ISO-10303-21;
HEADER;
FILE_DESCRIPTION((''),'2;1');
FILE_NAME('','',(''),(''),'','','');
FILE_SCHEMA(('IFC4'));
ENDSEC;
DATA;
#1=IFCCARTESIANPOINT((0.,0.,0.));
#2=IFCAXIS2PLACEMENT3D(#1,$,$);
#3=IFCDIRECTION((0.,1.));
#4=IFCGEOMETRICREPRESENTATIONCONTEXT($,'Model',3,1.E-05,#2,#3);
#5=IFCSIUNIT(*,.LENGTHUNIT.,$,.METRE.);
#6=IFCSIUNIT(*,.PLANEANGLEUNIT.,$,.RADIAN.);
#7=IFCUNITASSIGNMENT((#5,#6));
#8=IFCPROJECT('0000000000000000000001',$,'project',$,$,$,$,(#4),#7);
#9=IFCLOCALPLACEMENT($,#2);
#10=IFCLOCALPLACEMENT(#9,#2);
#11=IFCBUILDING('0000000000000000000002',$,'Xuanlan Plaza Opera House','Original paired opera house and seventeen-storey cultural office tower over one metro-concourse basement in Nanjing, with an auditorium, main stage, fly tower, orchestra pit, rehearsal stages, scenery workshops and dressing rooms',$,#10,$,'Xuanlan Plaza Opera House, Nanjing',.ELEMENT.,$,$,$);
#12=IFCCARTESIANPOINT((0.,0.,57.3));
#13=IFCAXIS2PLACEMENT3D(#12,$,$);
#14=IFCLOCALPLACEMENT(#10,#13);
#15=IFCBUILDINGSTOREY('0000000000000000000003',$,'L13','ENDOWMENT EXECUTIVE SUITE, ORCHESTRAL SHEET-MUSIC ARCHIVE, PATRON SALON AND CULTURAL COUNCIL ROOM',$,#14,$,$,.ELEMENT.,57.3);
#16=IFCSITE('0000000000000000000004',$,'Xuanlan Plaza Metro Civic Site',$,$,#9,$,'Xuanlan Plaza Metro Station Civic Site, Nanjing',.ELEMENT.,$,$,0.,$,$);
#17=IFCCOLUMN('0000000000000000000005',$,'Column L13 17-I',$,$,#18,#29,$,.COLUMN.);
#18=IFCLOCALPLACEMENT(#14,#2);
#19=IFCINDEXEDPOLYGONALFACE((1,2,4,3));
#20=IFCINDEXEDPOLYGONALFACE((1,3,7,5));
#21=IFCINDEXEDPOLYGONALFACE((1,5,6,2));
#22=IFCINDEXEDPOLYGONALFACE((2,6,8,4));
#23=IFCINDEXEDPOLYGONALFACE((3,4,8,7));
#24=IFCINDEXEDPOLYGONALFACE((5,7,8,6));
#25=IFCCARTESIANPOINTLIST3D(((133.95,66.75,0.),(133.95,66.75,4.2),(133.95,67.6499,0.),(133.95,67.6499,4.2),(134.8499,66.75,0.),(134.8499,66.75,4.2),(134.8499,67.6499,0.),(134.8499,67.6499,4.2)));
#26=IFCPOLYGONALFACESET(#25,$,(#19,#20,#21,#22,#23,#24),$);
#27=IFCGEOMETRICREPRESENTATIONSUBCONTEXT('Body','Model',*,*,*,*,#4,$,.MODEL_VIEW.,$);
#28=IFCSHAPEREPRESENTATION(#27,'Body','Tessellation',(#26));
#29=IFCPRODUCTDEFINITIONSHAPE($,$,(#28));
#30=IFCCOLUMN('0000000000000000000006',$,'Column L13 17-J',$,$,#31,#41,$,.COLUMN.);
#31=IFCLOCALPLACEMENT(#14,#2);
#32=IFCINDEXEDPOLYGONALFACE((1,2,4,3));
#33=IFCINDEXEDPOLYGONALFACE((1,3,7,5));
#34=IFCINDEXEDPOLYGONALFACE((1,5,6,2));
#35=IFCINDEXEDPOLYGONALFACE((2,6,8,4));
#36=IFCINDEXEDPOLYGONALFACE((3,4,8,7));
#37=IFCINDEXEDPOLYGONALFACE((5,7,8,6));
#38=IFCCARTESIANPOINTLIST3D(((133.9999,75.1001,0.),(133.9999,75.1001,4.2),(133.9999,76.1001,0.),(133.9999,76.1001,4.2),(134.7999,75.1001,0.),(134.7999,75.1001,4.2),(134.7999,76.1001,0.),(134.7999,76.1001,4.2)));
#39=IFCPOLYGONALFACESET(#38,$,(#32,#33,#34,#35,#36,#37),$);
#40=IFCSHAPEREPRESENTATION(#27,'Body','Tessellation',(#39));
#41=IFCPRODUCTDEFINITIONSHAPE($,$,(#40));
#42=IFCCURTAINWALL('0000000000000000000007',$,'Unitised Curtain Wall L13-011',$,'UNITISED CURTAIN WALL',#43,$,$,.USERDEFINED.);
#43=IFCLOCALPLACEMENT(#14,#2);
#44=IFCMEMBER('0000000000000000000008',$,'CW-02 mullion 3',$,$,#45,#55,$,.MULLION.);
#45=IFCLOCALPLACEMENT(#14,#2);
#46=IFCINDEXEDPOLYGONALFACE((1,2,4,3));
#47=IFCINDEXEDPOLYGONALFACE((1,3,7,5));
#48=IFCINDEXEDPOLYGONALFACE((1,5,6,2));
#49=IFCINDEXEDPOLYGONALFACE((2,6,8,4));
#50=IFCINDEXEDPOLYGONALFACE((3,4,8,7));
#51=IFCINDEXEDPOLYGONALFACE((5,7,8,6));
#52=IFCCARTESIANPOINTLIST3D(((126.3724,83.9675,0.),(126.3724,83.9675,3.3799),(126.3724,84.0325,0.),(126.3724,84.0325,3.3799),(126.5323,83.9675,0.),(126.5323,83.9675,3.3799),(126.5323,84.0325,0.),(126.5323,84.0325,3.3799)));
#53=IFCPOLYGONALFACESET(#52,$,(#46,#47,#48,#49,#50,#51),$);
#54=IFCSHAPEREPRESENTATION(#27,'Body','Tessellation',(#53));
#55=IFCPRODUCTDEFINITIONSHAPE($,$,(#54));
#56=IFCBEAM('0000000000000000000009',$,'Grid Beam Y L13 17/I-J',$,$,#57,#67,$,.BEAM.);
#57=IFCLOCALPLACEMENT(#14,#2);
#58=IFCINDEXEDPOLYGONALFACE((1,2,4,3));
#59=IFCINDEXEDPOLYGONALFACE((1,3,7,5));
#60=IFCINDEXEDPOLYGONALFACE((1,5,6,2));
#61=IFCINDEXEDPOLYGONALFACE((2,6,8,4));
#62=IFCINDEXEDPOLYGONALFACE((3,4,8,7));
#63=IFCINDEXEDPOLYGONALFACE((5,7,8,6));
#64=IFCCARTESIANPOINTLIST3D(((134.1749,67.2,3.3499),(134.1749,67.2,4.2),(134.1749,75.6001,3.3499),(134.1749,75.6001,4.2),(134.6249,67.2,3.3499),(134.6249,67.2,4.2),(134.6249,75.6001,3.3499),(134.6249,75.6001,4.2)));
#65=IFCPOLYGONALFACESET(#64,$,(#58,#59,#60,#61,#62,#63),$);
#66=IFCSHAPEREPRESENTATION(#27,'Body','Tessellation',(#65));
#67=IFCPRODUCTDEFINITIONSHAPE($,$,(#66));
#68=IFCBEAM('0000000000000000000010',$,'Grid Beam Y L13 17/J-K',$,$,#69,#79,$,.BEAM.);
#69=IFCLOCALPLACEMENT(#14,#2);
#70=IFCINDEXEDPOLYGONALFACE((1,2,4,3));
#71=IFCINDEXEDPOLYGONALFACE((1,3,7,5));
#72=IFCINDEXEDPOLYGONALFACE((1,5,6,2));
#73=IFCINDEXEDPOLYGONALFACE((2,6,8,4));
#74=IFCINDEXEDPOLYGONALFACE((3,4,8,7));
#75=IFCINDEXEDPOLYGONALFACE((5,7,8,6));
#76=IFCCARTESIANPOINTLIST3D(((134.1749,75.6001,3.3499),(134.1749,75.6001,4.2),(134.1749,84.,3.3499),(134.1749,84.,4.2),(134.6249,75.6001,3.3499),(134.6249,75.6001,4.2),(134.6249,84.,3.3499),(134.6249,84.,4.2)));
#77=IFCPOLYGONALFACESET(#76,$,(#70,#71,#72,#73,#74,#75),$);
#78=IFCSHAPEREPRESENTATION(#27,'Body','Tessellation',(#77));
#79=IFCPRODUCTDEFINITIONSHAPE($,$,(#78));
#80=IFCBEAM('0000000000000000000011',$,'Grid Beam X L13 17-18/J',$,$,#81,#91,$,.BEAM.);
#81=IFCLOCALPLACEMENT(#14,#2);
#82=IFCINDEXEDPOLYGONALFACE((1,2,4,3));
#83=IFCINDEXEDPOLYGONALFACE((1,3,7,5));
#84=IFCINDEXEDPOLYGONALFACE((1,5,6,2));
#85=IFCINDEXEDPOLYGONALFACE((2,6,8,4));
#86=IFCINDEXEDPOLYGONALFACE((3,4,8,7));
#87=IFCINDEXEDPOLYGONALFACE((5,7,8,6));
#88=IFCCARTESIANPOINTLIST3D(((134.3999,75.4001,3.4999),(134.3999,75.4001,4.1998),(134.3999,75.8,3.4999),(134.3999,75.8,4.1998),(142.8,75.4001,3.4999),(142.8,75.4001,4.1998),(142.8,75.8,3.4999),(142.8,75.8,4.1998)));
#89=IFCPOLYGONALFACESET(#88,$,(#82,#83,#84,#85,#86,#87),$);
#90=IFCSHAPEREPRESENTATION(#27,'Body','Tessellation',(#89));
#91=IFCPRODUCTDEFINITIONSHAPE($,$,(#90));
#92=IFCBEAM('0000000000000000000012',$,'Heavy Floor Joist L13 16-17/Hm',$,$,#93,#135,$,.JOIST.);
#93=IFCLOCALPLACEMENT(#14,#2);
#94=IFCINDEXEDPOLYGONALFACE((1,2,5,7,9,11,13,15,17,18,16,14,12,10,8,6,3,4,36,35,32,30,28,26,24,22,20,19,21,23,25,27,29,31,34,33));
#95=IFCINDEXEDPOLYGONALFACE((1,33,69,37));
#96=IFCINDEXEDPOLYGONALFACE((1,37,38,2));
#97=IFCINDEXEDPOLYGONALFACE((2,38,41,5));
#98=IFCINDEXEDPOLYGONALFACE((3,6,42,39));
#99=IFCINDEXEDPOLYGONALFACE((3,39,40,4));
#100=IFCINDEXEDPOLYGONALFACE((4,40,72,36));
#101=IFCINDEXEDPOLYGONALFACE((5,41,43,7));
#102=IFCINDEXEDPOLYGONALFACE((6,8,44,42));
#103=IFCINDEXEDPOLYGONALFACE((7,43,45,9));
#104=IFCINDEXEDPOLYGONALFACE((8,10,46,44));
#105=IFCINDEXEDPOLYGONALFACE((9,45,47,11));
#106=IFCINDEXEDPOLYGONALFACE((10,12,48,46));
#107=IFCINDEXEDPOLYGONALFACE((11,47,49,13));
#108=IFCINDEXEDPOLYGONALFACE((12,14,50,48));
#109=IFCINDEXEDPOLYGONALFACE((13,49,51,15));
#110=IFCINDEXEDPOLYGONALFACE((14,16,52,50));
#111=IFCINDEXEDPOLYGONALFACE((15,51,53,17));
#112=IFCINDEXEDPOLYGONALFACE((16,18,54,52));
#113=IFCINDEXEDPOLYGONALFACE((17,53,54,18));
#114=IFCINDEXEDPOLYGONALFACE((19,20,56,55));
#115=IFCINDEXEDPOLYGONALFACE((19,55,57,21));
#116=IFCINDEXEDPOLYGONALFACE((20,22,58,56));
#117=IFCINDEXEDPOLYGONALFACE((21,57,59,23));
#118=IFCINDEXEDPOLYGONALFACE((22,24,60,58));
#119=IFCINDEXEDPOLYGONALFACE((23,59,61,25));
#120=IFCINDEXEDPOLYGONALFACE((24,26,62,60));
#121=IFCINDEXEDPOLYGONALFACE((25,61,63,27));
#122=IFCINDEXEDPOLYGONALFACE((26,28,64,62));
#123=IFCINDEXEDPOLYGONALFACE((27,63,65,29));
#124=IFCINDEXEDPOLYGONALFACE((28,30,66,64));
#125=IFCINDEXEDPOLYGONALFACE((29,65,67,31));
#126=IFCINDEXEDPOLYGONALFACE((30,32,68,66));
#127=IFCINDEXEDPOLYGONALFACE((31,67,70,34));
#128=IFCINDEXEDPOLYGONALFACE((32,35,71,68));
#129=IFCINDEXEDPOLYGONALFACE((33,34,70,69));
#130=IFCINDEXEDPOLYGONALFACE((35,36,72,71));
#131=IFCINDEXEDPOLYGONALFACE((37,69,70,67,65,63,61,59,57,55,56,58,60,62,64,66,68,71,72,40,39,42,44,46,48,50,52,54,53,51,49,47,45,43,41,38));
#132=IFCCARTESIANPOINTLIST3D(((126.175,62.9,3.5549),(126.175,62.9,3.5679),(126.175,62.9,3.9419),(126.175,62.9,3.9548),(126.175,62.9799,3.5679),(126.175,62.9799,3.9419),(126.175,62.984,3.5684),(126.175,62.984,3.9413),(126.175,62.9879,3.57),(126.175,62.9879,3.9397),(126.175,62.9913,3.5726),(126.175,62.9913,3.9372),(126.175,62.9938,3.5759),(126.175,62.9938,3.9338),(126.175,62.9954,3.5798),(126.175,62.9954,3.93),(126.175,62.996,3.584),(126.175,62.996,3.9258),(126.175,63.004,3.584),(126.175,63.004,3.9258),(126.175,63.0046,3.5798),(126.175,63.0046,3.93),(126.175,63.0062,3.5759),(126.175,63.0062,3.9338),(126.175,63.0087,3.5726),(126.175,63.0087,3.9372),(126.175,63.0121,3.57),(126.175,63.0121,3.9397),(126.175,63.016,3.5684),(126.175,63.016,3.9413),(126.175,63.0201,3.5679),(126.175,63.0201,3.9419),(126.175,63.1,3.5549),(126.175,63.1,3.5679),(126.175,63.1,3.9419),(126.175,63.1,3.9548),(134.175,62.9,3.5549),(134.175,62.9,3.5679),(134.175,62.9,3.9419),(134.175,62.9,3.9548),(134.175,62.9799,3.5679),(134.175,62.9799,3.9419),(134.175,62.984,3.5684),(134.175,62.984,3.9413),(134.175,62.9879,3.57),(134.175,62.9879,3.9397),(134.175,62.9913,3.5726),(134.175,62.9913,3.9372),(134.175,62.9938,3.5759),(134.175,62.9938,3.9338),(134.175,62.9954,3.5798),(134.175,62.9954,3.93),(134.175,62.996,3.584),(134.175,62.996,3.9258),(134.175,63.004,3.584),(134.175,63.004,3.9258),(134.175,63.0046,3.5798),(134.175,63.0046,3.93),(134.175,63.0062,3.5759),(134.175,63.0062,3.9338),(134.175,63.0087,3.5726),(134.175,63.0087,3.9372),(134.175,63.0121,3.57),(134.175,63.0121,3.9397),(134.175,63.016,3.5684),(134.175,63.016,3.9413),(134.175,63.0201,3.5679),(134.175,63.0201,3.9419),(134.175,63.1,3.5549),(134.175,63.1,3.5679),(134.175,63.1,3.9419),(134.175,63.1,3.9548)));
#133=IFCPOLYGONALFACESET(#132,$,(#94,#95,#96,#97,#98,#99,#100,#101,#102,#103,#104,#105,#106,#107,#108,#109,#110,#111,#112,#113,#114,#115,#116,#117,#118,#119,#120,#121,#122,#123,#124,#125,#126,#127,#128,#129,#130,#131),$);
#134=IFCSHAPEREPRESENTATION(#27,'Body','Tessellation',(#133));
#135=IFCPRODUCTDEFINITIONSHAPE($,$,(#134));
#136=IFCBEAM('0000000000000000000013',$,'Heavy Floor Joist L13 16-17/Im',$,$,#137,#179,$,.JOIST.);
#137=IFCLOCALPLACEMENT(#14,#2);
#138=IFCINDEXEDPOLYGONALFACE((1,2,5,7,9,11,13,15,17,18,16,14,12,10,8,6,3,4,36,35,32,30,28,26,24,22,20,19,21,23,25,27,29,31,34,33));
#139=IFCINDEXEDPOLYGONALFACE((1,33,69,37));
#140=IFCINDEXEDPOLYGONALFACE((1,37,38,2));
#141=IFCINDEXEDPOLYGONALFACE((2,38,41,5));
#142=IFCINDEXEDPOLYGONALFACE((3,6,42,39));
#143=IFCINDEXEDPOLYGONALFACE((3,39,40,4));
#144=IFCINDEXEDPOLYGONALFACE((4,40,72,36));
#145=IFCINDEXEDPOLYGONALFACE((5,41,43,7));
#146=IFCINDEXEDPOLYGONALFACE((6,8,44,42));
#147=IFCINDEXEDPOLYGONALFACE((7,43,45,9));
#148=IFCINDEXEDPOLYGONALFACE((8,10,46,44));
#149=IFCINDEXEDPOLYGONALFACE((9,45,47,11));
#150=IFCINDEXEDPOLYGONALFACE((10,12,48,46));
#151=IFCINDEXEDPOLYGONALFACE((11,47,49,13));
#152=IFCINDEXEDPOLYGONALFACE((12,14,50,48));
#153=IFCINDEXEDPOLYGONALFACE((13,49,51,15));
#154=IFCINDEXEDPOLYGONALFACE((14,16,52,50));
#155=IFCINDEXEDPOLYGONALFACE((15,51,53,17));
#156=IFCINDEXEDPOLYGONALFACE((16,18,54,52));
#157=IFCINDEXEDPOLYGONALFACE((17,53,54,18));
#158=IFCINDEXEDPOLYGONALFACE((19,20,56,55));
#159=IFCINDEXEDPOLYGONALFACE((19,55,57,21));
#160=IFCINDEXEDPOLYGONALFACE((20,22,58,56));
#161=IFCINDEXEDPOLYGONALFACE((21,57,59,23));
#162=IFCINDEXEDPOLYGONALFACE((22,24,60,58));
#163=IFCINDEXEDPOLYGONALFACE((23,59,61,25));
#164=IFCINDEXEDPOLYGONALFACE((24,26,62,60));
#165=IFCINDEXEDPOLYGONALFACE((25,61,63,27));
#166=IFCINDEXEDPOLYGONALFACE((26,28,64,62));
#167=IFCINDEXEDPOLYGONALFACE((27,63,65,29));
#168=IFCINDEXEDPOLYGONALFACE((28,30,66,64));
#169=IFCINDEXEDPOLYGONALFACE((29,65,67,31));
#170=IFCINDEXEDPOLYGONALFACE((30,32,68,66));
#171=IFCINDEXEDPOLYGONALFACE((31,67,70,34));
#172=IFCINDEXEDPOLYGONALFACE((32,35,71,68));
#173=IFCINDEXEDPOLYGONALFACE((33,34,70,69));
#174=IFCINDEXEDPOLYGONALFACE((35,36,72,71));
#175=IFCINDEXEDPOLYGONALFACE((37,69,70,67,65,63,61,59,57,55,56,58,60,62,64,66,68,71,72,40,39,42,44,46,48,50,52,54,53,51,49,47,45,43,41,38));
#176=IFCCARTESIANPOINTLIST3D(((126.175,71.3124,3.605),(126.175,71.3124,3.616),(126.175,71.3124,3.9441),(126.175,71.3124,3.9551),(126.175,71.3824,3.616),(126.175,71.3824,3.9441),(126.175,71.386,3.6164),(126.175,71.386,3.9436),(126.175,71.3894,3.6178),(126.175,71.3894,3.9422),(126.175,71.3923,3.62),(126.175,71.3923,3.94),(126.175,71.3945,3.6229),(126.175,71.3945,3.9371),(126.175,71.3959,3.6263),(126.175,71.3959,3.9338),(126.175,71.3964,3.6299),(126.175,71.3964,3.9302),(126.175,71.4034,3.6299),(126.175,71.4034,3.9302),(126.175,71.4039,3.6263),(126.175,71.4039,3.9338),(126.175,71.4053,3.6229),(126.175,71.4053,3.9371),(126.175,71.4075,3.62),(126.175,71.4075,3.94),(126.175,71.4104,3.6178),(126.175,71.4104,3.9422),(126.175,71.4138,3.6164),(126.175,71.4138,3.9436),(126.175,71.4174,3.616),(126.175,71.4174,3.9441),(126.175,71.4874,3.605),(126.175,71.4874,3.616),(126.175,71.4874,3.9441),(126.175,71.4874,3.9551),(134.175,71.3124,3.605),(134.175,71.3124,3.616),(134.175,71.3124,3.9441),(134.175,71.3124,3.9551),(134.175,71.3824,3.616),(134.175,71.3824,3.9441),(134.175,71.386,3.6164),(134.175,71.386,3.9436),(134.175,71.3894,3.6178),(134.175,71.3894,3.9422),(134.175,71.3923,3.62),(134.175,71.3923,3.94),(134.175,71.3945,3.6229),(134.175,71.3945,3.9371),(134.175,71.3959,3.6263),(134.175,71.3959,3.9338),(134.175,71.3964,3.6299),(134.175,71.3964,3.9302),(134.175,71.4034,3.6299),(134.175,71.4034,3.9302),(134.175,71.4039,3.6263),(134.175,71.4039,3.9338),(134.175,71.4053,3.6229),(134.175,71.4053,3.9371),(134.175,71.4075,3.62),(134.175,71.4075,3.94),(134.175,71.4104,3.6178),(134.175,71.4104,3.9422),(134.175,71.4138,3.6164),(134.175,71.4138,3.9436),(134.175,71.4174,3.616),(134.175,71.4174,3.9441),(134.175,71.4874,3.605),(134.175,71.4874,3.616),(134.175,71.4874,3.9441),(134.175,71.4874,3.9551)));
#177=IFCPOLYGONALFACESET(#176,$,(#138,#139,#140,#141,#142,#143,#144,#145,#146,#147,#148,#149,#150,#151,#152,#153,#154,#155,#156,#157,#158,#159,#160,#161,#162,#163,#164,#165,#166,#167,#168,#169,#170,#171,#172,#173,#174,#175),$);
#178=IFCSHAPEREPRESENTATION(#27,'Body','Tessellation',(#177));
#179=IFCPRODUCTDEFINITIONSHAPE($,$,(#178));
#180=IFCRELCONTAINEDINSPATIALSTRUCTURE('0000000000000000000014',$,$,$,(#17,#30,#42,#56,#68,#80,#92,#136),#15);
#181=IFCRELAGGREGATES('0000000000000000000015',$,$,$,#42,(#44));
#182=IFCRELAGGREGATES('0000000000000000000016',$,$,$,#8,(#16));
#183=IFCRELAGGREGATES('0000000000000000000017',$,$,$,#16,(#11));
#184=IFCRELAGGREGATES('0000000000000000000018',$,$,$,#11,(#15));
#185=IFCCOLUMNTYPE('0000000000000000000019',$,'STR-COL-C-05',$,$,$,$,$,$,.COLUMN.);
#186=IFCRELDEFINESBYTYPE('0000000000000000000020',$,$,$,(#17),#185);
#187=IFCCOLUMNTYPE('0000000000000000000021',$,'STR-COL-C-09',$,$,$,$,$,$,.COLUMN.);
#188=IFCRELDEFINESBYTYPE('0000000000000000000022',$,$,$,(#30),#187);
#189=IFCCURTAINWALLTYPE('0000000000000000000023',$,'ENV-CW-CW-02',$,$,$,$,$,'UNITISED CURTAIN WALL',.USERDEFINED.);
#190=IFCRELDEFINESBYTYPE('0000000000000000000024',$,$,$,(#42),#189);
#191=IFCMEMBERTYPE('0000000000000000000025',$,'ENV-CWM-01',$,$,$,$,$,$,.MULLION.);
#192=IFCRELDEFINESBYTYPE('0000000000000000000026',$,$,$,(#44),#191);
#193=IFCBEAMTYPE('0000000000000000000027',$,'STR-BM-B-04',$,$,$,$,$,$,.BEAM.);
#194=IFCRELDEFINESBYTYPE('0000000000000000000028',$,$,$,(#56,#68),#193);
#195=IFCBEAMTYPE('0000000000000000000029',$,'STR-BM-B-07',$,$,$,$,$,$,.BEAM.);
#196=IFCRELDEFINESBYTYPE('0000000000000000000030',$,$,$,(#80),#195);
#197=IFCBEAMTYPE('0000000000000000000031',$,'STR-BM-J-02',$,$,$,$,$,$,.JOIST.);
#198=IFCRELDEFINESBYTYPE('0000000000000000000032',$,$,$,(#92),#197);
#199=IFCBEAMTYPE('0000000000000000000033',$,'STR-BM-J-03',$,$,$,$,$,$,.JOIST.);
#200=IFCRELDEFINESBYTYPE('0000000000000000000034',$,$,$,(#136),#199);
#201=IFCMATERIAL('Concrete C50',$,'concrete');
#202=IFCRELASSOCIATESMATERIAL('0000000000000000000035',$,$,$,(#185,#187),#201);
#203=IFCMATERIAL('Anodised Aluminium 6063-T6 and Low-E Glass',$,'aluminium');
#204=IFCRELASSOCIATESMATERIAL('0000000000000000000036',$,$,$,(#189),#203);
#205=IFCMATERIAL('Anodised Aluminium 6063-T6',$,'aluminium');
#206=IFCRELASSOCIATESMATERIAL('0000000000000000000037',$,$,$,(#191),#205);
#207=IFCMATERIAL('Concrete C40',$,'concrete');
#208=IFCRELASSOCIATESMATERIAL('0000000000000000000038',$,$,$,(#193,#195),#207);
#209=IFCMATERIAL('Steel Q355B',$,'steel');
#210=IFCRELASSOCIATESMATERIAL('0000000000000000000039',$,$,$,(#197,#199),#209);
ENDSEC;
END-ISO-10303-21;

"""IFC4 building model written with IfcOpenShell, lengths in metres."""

from ifc_helpers import new_model, si_unit, direction, frame, origin, origin_2d, place, context, subcontext, project, spatial, rectangle, i_section, extrude, material, material_profile, profile_set, type_object, element, aggregate, save


model = new_model("IFC4")

# Units and contexts
model_context = context("Model", 3, precision=1e-05, world=origin(), true_north=direction((0.0, 1.0)))
body_context = subcontext(model_context, "Body", "Model", "MODEL_VIEW")
ifc_project = project(units=[si_unit("LENGTHUNIT", "METRE"), si_unit("PLANEANGLEUNIT", "RADIAN")], contexts=[model_context])

# Site, building, storey
site_placement = place(None, origin())
site = spatial("IfcSite", under=ifc_project, at=site_placement, Name="Xuanlan Plaza Metro Civic Site", LongName="Xuanlan Plaza Metro Station Civic Site, Nanjing", CompositionType="ELEMENT", RefElevation=0.0)
building_placement = place(site_placement, origin())
building = spatial("IfcBuilding", under=site, at=building_placement, Name="Xuanlan Plaza Opera House", Description="Original paired opera house and seventeen-storey cultural office tower over one metro-concourse basement in Nanjing, with an auditorium, main stage, fly tower, orchestra pit, rehearsal stages, scenery workshops and dressing rooms", LongName="Xuanlan Plaza Opera House, Nanjing", CompositionType="ELEMENT")
storey_placement = place(building_placement, frame((0.0, 0.0, 57.3)))
storey = spatial("IfcBuildingStorey", under=building, at=storey_placement, Name="L13", Description="ENDOWMENT EXECUTIVE SUITE, ORCHESTRAL SHEET-MUSIC ARCHIVE, PATRON SALON AND CULTURAL COUNCIL ROOM", CompositionType="ELEMENT", Elevation=57.3)

# Columns
ifc_material_1 = material(Name="Concrete C50", Category="concrete")
ifc_material_profile_1 = material_profile(ifc_material_1, rectangle(XDim=0.8999, YDim=0.8999, at=origin_2d()), Name="RC-COL 900x900")
ifc_profile_set_1 = profile_set([ifc_material_profile_1], Name="Concrete C50")
column_type_1 = type_object("IfcColumnType", Name="STR-COL-C-05", PredefinedType="COLUMN", material=ifc_profile_set_1)
column_1_placement = place(storey_placement, frame((134.3999, 67.2, 0.0), z_axis=(0.0, 0.0, 1.0), x_axis=(1.0, 0.0, 0.0)))
element("IfcColumn", 1, at=column_1_placement, inside=storey, type_object=column_type_1, Name="Column L13 17-I", PredefinedType="COLUMN", context=body_context, shape_type="SweptSolid", body=[
    extrude(rectangle(XDim=0.8999, YDim=0.8999, at=origin_2d()), origin(), (0.0, 0.0, 1.0), 4.2),
])
ifc_material_profile_2 = material_profile(ifc_material_1, rectangle(XDim=0.8, YDim=1.0, at=origin_2d()), Name="RC-COL 800x1000")
ifc_profile_set_2 = profile_set([ifc_material_profile_2], Name="Concrete C50")
column_type_2 = type_object("IfcColumnType", Name="STR-COL-C-09", PredefinedType="COLUMN", material=ifc_profile_set_2)
column_2_placement = place(storey_placement, frame((134.3999, 75.6001, 0.0), z_axis=(0.0, 0.0, 1.0), x_axis=(1.0, 0.0, 0.0)))
element("IfcColumn", 2, at=column_2_placement, inside=storey, type_object=column_type_2, Name="Column L13 17-J", PredefinedType="COLUMN", context=body_context, shape_type="SweptSolid", body=[
    extrude(rectangle(XDim=0.8, YDim=1.0, at=origin_2d()), origin(), (0.0, 0.0, 1.0), 4.2),
])

# Curtain wall, member
ifc_material_2 = material(Name="Anodised Aluminium 6063-T6 and Low-E Glass", Category="aluminium")
curtain_wall_type = type_object("IfcCurtainWallType", Name="ENV-CW-CW-02", ElementType="UNITISED CURTAIN WALL", PredefinedType="USERDEFINED", material=ifc_material_2)
curtain_wall_placement = place(storey_placement, origin())
curtain_wall = element("IfcCurtainWall", 3, at=curtain_wall_placement, inside=storey, type_object=curtain_wall_type, Name="Unitised Curtain Wall L13-011", ObjectType="UNITISED CURTAIN WALL", PredefinedType="USERDEFINED")
ifc_material_3 = material(Name="Anodised Aluminium 6063-T6", Category="aluminium")
ifc_material_profile_3 = material_profile(ifc_material_3, rectangle(XDim=0.0649, YDim=0.1599, at=origin_2d()), Name="ALU-M 65x160")
ifc_profile_set_3 = profile_set([ifc_material_profile_3], Name="Anodised Aluminium 6063-T6")
member_type = type_object("IfcMemberType", Name="ENV-CWM-01", PredefinedType="MULLION", material=ifc_profile_set_3)
member_placement = place(storey_placement, frame((126.4524, 84.0, 0.0), z_axis=(0.0, 0.0, 1.0), x_axis=(0.0, -1.0, 0.0)))
member = element("IfcMember", 4, at=member_placement, type_object=member_type, Name="CW-02 mullion 3", PredefinedType="MULLION", context=body_context, shape_type="SweptSolid", body=[
    extrude(rectangle(XDim=0.0649, YDim=0.1599, at=origin_2d()), origin(), (0.0, 0.0, 1.0), 3.3799),
])

# Beams
ifc_material_4 = material(Name="Concrete C40", Category="concrete")
ifc_material_profile_4 = material_profile(ifc_material_4, rectangle(XDim=0.45, YDim=0.8501, at=origin_2d()), Name="RC-BM 450x850")
ifc_profile_set_4 = profile_set([ifc_material_profile_4], Name="Concrete C40")
beam_type_1 = type_object("IfcBeamType", Name="STR-BM-B-04", PredefinedType="BEAM", material=ifc_profile_set_4)
beam_1_placement = place(storey_placement, frame((134.3999, 67.2, 3.7749), z_axis=(0.0, 1.0, 0.0), x_axis=(-1.0, 0.0, 0.0)))
element("IfcBeam", 5, at=beam_1_placement, inside=storey, type_object=beam_type_1, Name="Grid Beam Y L13 17/I-J", PredefinedType="BEAM", context=body_context, shape_type="SweptSolid", body=[
    extrude(rectangle(XDim=0.45, YDim=0.8501, at=origin_2d()), origin(), (0.0, 0.0, 1.0), 8.4001),
])
beam_2_placement = place(storey_placement, frame((134.3999, 75.6001, 3.7749), z_axis=(0.0, 1.0, 0.0), x_axis=(-1.0, 0.0, 0.0)))
element("IfcBeam", 6, at=beam_2_placement, inside=storey, type_object=beam_type_1, Name="Grid Beam Y L13 17/J-K", PredefinedType="BEAM", context=body_context, shape_type="SweptSolid", body=[
    extrude(rectangle(XDim=0.45, YDim=0.8501, at=origin_2d()), origin(), (0.0, 0.0, 1.0), 8.3999),
])
ifc_material_profile_5 = material_profile(ifc_material_4, rectangle(XDim=0.3999, YDim=0.7, at=origin_2d()), Name="RC-BM 400x700")
ifc_profile_set_5 = profile_set([ifc_material_profile_5], Name="Concrete C40")
beam_type_2 = type_object("IfcBeamType", Name="STR-BM-B-07", PredefinedType="BEAM", material=ifc_profile_set_5)
beam_3_placement = place(storey_placement, frame((134.3999, 75.6001, 3.8499), z_axis=(1.0, 0.0, 0.0), x_axis=(0.0, 1.0, 0.0)))
element("IfcBeam", 7, at=beam_3_placement, inside=storey, type_object=beam_type_2, Name="Grid Beam X L13 17-18/J", PredefinedType="BEAM", context=body_context, shape_type="SweptSolid", body=[
    extrude(rectangle(XDim=0.3999, YDim=0.7, at=origin_2d()), origin(), (0.0, 0.0, 1.0), 8.4001),
])
ifc_material_5 = material(Name="Steel Q355B", Category="steel")
ifc_material_profile_6 = material_profile(ifc_material_5, i_section(OverallWidth=0.2, OverallDepth=0.3999, WebThickness=0.0081, FlangeThickness=0.0129, FilletRadius=0.0161, at=origin_2d()), Name="HN 400x200x8x13")
ifc_profile_set_6 = profile_set([ifc_material_profile_6], Name="Steel Q355B")
beam_type_3 = type_object("IfcBeamType", Name="STR-BM-J-02", PredefinedType="JOIST", material=ifc_profile_set_6)
beam_4_placement = place(storey_placement, frame((126.175, 63.0, 3.7549), z_axis=(1.0, 0.0, 0.0), x_axis=(0.0, 1.0, 0.0)))
element("IfcBeam", 8, at=beam_4_placement, inside=storey, type_object=beam_type_3, Name="Heavy Floor Joist L13 16-17/Hm", PredefinedType="JOIST", context=body_context, shape_type="SweptSolid", body=[
    extrude(i_section(OverallWidth=0.2, OverallDepth=0.3999, WebThickness=0.0081, FlangeThickness=0.0129, FilletRadius=0.0161, at=origin_2d()), origin(), (0.0, 0.0, 1.0), 8.0),
])
ifc_material_profile_7 = material_profile(ifc_material_5, i_section(OverallWidth=0.175, OverallDepth=0.3501, WebThickness=0.0071, FlangeThickness=0.011, FilletRadius=0.0139, at=origin_2d()), Name="HN 350x175x7x11")
ifc_profile_set_7 = profile_set([ifc_material_profile_7], Name="Steel Q355B")
beam_type_4 = type_object("IfcBeamType", Name="STR-BM-J-03", PredefinedType="JOIST", material=ifc_profile_set_7)
beam_5_placement = place(storey_placement, frame((126.175, 71.3999, 3.78), z_axis=(1.0, 0.0, 0.0), x_axis=(0.0, 1.0, 0.0)))
element("IfcBeam", 9, at=beam_5_placement, inside=storey, type_object=beam_type_4, Name="Heavy Floor Joist L13 16-17/Im", PredefinedType="JOIST", context=body_context, shape_type="SweptSolid", body=[
    extrude(i_section(OverallWidth=0.175, OverallDepth=0.3501, WebThickness=0.0071, FlangeThickness=0.011, FilletRadius=0.0139, at=origin_2d()), origin(), (0.0, 0.0, 1.0), 8.0),
])

aggregate(curtain_wall, [member])

save(model, "model.ifc")
